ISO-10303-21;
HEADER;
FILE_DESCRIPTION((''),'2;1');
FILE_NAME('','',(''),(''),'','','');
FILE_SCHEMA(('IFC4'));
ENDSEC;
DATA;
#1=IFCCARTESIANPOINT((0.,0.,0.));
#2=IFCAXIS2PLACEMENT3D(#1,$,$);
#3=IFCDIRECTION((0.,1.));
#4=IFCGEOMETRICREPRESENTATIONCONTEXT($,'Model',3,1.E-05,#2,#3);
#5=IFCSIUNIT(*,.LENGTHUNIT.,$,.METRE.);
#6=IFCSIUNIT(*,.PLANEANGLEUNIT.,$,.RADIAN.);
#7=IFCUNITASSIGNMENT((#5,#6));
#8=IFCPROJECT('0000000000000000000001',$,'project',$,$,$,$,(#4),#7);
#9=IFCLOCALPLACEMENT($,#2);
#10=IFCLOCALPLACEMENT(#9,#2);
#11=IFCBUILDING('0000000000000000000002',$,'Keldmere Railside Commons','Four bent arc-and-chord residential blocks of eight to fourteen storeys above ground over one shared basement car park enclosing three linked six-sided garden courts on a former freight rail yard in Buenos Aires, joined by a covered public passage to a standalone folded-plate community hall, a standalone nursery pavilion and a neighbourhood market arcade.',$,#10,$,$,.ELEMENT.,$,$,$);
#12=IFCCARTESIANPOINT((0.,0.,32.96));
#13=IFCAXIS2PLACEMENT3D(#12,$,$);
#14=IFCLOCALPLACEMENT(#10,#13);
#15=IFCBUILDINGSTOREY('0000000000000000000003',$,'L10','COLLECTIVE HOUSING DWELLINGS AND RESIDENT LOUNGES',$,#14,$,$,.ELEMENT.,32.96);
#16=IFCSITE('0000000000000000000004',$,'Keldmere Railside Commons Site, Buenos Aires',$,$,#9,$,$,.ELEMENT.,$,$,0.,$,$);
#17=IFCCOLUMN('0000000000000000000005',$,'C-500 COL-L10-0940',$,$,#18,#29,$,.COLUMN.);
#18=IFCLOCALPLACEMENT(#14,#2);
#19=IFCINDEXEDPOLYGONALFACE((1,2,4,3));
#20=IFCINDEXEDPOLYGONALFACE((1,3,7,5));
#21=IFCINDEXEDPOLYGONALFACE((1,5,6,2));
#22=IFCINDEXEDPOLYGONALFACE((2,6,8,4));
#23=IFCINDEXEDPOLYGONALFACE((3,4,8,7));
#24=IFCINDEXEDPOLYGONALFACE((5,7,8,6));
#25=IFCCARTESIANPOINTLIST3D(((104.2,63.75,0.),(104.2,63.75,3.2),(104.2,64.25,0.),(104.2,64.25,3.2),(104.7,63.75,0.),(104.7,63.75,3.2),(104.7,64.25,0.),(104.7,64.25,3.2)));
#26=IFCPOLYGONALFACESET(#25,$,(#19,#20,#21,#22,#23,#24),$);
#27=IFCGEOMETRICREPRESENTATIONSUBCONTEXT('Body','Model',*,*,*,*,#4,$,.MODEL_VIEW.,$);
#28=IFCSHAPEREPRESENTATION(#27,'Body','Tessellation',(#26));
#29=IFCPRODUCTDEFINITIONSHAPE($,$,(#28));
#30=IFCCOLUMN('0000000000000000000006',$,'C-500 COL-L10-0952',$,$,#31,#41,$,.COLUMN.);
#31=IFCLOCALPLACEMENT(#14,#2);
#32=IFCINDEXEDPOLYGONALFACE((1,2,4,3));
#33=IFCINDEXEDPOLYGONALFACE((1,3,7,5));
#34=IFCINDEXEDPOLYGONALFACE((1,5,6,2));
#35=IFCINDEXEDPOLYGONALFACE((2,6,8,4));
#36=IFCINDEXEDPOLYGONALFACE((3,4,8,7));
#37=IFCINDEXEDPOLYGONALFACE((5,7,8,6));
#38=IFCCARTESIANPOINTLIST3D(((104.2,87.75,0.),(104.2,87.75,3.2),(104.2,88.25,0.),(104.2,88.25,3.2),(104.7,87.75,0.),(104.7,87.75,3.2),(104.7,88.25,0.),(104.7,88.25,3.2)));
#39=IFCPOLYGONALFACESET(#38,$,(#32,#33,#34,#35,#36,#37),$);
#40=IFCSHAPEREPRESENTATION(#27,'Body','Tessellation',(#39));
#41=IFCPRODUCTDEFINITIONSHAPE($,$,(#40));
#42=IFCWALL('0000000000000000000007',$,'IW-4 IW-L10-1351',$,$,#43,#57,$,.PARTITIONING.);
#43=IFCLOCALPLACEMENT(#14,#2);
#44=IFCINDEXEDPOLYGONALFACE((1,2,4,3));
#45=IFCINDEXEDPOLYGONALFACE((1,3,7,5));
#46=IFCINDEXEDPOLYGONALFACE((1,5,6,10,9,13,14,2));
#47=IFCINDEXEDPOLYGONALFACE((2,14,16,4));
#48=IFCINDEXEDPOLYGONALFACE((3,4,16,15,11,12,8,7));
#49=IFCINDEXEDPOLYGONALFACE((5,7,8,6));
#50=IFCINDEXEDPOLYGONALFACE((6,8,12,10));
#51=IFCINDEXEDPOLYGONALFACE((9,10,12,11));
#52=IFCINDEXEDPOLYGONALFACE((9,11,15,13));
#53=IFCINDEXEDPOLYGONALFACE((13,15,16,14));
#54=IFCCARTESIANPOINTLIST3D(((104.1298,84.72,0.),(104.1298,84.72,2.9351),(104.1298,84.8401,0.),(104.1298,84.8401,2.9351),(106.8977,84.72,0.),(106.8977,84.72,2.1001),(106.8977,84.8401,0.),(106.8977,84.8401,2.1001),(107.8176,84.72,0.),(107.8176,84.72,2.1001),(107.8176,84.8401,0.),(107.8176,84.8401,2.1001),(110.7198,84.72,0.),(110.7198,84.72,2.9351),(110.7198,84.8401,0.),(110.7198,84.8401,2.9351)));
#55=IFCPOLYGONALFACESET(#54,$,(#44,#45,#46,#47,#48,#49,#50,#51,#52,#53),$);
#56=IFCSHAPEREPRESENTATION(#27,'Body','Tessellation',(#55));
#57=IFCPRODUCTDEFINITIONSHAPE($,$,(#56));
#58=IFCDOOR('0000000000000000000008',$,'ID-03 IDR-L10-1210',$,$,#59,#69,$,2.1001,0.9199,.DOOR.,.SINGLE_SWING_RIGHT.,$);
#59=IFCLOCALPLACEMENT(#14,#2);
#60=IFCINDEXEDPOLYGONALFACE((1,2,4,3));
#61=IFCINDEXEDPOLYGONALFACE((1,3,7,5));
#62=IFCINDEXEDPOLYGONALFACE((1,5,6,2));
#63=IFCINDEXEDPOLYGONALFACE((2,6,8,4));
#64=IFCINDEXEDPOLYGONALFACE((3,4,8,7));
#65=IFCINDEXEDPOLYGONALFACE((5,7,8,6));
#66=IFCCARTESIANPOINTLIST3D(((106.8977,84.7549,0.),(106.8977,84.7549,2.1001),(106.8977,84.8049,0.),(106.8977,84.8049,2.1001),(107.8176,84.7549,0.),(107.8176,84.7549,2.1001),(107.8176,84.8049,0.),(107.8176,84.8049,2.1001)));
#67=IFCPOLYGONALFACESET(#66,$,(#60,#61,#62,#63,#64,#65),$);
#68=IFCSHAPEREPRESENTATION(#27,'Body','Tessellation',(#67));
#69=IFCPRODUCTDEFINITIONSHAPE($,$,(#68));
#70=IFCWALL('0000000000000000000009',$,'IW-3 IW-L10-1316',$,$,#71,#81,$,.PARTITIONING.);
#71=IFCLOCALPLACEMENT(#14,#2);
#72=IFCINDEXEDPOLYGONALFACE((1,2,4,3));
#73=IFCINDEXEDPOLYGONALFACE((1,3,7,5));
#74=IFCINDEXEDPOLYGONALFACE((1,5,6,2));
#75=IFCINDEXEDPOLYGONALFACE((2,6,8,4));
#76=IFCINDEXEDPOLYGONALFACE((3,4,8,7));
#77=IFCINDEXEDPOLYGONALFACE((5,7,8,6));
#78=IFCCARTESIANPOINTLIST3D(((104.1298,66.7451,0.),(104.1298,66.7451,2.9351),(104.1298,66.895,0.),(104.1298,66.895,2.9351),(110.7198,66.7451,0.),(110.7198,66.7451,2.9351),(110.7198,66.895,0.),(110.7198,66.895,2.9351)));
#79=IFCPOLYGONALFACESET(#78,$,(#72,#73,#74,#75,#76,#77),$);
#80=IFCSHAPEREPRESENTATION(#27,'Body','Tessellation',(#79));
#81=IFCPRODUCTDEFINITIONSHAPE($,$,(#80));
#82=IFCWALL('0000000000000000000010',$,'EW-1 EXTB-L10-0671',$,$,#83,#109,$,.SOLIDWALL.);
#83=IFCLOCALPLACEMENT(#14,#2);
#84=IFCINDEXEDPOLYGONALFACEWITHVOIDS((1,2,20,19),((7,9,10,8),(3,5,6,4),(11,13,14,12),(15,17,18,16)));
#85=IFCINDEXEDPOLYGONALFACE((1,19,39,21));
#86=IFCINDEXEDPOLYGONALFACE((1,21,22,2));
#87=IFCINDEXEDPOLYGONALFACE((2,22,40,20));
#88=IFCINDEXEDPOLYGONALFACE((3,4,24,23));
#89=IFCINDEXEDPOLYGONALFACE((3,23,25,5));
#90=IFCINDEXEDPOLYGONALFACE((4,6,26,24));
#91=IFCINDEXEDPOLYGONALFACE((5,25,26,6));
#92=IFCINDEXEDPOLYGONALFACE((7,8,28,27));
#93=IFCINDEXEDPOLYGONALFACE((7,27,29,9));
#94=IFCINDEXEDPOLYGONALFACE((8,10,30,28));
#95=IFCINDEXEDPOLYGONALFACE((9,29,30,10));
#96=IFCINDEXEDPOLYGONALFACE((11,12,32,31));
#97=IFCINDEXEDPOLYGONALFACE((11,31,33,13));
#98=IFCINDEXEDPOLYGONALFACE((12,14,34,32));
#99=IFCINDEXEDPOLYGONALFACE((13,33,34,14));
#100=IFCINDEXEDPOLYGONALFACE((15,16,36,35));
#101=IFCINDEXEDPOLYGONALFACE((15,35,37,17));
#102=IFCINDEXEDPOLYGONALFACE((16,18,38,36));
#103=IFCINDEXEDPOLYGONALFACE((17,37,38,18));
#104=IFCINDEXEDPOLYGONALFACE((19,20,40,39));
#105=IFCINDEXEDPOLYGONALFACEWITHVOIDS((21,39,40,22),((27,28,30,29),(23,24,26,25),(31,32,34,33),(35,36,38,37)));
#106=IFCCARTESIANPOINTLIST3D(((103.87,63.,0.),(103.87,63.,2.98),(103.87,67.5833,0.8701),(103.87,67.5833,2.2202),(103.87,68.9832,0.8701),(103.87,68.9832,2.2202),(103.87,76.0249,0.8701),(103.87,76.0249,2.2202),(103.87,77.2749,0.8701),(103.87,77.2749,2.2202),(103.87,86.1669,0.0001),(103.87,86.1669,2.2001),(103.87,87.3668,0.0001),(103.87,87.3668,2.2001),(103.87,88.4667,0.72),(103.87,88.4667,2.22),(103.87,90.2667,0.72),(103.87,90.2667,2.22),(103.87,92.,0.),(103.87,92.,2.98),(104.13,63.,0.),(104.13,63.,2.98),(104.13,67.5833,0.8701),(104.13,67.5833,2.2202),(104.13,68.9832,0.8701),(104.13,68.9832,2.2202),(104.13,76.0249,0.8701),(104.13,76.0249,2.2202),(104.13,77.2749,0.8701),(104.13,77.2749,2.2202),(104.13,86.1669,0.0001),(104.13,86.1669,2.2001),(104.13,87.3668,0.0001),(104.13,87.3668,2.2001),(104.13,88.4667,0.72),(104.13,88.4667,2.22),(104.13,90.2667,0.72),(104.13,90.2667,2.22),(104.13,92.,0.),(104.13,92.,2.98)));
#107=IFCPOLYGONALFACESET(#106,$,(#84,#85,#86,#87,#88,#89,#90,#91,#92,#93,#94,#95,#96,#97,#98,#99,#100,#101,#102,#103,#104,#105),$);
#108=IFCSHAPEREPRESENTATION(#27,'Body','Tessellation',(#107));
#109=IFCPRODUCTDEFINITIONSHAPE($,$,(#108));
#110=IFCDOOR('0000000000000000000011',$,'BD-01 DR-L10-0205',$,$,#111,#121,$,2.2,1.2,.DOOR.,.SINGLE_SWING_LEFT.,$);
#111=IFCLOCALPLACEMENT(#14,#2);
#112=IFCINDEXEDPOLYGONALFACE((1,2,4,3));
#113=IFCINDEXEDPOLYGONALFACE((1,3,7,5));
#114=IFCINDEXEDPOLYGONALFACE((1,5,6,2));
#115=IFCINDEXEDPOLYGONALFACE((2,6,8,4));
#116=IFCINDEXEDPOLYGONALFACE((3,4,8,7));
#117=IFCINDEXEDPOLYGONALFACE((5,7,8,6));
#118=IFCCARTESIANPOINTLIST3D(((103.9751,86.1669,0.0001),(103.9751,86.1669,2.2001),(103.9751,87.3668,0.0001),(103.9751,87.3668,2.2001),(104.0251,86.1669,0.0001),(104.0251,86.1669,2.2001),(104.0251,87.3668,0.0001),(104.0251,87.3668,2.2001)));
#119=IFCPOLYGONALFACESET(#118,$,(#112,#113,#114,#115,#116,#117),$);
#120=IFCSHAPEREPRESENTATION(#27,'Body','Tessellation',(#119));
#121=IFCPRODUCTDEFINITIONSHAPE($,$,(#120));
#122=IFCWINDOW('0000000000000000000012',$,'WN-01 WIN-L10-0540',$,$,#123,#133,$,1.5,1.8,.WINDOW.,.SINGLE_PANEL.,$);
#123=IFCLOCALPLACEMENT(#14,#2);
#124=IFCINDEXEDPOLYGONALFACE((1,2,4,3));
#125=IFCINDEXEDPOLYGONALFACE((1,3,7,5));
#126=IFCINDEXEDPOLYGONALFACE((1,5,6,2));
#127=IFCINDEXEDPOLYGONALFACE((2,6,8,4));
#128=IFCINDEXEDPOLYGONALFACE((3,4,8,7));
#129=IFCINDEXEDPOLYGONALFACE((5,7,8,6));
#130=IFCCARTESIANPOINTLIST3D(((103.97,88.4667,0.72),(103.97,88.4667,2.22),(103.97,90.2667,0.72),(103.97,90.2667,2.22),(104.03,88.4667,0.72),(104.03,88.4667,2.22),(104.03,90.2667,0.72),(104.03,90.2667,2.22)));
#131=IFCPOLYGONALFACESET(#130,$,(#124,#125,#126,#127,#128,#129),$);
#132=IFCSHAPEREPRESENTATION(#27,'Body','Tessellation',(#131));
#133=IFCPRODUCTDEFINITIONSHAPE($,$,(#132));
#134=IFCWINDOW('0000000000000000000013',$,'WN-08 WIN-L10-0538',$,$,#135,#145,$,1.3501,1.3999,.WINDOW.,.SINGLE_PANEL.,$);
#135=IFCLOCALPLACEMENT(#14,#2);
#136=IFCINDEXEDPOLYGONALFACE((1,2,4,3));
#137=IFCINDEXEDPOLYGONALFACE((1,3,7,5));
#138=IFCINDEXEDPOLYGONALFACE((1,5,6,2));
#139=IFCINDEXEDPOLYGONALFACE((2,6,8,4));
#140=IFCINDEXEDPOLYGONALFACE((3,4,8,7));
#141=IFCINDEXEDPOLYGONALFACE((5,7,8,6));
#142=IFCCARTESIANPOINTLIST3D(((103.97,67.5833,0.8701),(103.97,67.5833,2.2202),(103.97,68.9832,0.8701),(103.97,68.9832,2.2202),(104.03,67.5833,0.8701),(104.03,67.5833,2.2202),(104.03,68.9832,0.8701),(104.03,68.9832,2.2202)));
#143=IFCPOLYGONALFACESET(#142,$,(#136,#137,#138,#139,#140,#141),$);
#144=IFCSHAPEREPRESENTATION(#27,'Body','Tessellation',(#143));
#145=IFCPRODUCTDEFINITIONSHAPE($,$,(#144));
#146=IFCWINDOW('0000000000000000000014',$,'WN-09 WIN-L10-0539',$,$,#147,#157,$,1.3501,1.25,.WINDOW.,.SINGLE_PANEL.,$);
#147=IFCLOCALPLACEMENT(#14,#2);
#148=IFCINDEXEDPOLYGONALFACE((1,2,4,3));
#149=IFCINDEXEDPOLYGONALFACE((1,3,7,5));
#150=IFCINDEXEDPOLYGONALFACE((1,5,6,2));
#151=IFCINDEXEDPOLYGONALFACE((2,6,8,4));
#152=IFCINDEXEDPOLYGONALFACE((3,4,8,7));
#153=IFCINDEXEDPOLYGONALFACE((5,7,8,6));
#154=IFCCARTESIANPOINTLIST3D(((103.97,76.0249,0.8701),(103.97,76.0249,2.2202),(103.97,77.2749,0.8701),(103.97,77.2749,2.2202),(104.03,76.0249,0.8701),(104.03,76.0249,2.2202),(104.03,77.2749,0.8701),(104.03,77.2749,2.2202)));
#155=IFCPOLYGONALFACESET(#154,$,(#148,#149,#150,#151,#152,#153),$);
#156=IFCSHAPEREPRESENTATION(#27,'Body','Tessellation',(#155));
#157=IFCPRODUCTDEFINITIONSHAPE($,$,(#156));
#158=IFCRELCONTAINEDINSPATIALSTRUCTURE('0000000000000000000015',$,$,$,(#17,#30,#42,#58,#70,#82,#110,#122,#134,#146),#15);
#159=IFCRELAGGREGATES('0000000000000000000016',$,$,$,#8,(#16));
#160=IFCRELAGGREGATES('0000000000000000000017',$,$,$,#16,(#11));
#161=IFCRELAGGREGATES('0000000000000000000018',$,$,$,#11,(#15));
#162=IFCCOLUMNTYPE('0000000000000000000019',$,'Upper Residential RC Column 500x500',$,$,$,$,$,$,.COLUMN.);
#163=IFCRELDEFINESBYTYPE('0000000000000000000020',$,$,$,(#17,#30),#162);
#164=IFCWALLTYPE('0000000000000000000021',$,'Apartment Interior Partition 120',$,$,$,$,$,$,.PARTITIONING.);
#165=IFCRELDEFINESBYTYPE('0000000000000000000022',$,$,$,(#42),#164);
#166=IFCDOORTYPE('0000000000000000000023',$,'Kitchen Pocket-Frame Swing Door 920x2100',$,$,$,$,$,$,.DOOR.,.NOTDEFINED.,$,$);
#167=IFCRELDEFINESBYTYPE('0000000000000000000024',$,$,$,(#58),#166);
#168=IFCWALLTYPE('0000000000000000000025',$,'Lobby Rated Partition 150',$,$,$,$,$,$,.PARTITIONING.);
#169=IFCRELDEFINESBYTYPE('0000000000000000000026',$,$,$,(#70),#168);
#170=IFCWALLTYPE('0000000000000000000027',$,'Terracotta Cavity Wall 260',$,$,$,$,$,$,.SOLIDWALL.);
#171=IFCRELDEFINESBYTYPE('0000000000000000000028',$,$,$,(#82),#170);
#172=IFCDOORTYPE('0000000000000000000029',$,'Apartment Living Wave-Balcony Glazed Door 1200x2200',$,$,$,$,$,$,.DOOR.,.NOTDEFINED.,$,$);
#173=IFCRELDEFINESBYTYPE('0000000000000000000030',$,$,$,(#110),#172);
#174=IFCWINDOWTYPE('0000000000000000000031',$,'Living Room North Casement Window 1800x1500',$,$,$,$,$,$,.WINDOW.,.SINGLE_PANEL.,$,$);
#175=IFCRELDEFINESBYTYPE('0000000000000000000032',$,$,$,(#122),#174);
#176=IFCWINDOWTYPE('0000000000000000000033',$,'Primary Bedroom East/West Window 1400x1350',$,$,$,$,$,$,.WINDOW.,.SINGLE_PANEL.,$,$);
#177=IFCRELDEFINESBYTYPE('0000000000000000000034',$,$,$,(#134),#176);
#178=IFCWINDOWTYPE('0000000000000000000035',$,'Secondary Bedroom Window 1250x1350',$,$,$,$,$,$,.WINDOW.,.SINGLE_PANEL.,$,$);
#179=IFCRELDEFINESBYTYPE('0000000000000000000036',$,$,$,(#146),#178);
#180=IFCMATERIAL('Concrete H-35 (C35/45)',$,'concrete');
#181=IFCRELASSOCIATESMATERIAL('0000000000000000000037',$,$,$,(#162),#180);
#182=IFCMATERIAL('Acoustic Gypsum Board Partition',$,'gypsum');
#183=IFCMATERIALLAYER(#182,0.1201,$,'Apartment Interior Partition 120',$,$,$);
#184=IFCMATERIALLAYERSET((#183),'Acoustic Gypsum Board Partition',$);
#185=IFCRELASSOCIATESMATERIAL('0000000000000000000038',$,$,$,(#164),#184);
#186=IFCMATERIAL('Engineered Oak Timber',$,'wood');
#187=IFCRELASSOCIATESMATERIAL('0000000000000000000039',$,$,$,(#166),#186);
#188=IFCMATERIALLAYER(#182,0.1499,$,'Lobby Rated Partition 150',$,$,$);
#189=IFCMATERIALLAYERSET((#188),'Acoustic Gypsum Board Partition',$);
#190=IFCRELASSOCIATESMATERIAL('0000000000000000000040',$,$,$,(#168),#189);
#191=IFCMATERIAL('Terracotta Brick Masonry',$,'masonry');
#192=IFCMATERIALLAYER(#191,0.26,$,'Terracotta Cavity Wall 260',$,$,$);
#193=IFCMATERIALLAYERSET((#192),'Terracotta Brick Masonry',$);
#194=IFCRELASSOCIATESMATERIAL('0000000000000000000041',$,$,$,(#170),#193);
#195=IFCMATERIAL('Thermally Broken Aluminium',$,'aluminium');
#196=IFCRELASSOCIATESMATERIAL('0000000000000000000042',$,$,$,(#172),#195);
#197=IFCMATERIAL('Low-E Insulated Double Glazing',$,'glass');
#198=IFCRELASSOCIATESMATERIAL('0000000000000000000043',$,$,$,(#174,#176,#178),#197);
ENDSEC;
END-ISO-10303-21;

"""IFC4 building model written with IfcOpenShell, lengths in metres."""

from ifc_helpers import new_model, si_unit, direction, frame, frame_2d, origin, origin_2d, place, context, subcontext, project, spatial, rectangle, extrude, material, layer, layer_set, material_profile, profile_set, type_object, element, fill, save


model = new_model("IFC4")

# Units and contexts
model_context = context("Model", 3, precision=1e-05, world=origin(), true_north=direction((0.0, 1.0)))
body_context = subcontext(model_context, "Body", "Model", "MODEL_VIEW")
ifc_project = project(units=[si_unit("LENGTHUNIT", "METRE"), si_unit("PLANEANGLEUNIT", "RADIAN")], contexts=[model_context])

# Site, building, storey
site_placement = place(None, origin())
site = spatial("IfcSite", under=ifc_project, at=site_placement, Name="Keldmere Railside Commons Site, Buenos Aires", CompositionType="ELEMENT", RefElevation=0.0)
building_placement = place(site_placement, origin())
building = spatial("IfcBuilding", under=site, at=building_placement, Name="Keldmere Railside Commons", Description="Four bent arc-and-chord residential blocks of eight to fourteen storeys above ground over one shared basement car park enclosing three linked six-sided garden courts on a former freight rail yard in Buenos Aires, joined by a covered public passage to a standalone folded-plate community hall, a standalone nursery pavilion and a neighbourhood market arcade.", CompositionType="ELEMENT")
storey_placement = place(building_placement, frame((0.0, 0.0, 32.96)))
storey = spatial("IfcBuildingStorey", under=building, at=storey_placement, Name="L10", Description="COLLECTIVE HOUSING DWELLINGS AND RESIDENT LOUNGES", CompositionType="ELEMENT", Elevation=32.96)

# Columns
ifc_material_1 = material(Name="Concrete H-35 (C35/45)", Category="concrete")
ifc_material_profile = material_profile(ifc_material_1, rectangle(XDim=0.5, YDim=0.5, at=origin_2d()), Name="RC-500x500")
ifc_profile_set = profile_set([ifc_material_profile], Name="Concrete H-35 (C35/45)")
column_type = type_object("IfcColumnType", Name="Upper Residential RC Column 500x500", PredefinedType="COLUMN", material=ifc_profile_set)
for number, where, z_axis, x_axis, name in (
    (1, (104.45, 64.0, 0.0), (0.0, 0.0, 1.0), (1.0, 0.0, 0.0), "C-500 COL-L10-0940"),
    (2, (104.45, 88.0, 0.0), (0.0, 0.0, 1.0), (1.0, 0.0, 0.0), "C-500 COL-L10-0952"),
):
    element("IfcColumn", number, at=place(storey_placement, frame(where, z_axis=z_axis, x_axis=x_axis)), inside=storey, type_object=column_type, Name=name, PredefinedType="COLUMN", context=body_context, shape_type="SweptSolid", body=[
        extrude(rectangle(XDim=0.5, YDim=0.5, at=origin_2d()), origin(), (0.0, 0.0, 1.0), 3.2),
    ])

# Wall, opening, door
ifc_material_2 = material(Name="Acoustic Gypsum Board Partition", Category="gypsum")
ifc_layer_1 = layer(ifc_material_2, 0.1201, Name="Apartment Interior Partition 120")
ifc_layer_set_1 = layer_set([ifc_layer_1], Name="Acoustic Gypsum Board Partition")
wall_type_1 = type_object("IfcWallType", Name="Apartment Interior Partition 120", PredefinedType="PARTITIONING", material=ifc_layer_set_1)
wall_1_placement = place(storey_placement, frame((104.1299, 84.78, 0.0), z_axis=(0.0, 0.0, 1.0), x_axis=(1.0, 0.0, 0.0)))
wall_1 = element("IfcWall", 3, at=wall_1_placement, inside=storey, type_object=wall_type_1, Name="IW-4 IW-L10-1351", PredefinedType="PARTITIONING", context=body_context, shape_type="SweptSolid", body=[
    extrude(rectangle(XDim=6.5901, YDim=0.1201, at=frame_2d((3.2949, 0.0))), origin(), (0.0, 0.0, 1.0), 2.9351),
])
opening_1_placement = place(wall_1_placement, frame((2.7678, 0.0, 0.0)))
opening_1 = element("IfcOpeningElement", 4, at=opening_1_placement, cuts=wall_1, PredefinedType="OPENING", context=body_context, shape_type="SweptSolid", body=[
    extrude(rectangle(XDim=0.9199, YDim=2.1001, at=frame_2d((0.46, 1.05))), frame((0.0, 0.0701, 0.0), z_axis=(0.0, -1.0, 0.0), x_axis=(1.0, 0.0, 0.0)), (0.0, 0.0, 1.0), 0.1401),
])
ifc_material_3 = material(Name="Engineered Oak Timber", Category="wood")
door_type_1 = type_object("IfcDoorType", Name="Kitchen Pocket-Frame Swing Door 920x2100", OperationType="NOTDEFINED", PredefinedType="DOOR", material=ifc_material_3)
door_1_placement = place(opening_1_placement, origin())
door_1 = element("IfcDoor", 5, at=door_1_placement, inside=storey, type_object=door_type_1, Name="ID-03 IDR-L10-1210", OperationType="SINGLE_SWING_RIGHT", OverallHeight=2.1001, OverallWidth=0.9199, PredefinedType="DOOR", context=body_context, shape_type="SweptSolid", body=[
    extrude(rectangle(XDim=0.9199, YDim=2.1001, at=frame_2d((0.46, 1.05))), frame((0.0, 0.0249, 0.0), z_axis=(0.0, -1.0, 0.0), x_axis=(1.0, 0.0, 0.0)), (0.0, 0.0, 1.0), 0.05),
])
fill(opening_1, door_1)

# Wall
ifc_layer_2 = layer(ifc_material_2, 0.1499, Name="Lobby Rated Partition 150")
ifc_layer_set_2 = layer_set([ifc_layer_2], Name="Acoustic Gypsum Board Partition")
wall_type_2 = type_object("IfcWallType", Name="Lobby Rated Partition 150", PredefinedType="PARTITIONING", material=ifc_layer_set_2)
wall_2_placement = place(storey_placement, frame((104.1299, 66.8201, 0.0), z_axis=(0.0, 0.0, 1.0), x_axis=(1.0, 0.0, 0.0)))
element("IfcWall", 6, at=wall_2_placement, inside=storey, type_object=wall_type_2, Name="IW-3 IW-L10-1316", PredefinedType="PARTITIONING", context=body_context, shape_type="SweptSolid", body=[
    extrude(rectangle(XDim=6.5901, YDim=0.1499, at=frame_2d((3.2949, 0.0))), origin(), (0.0, 0.0, 1.0), 2.9351),
])

# Wall, openings, door, windows
ifc_material_4 = material(Name="Terracotta Brick Masonry", Category="masonry")
ifc_layer_3 = layer(ifc_material_4, 0.26, Name="Terracotta Cavity Wall 260")
ifc_layer_set_3 = layer_set([ifc_layer_3], Name="Terracotta Brick Masonry")
wall_type_3 = type_object("IfcWallType", Name="Terracotta Cavity Wall 260", PredefinedType="SOLIDWALL", material=ifc_layer_set_3)
wall_3_placement = place(storey_placement, frame((104.0, 63.0, 0.0), z_axis=(0.0, 0.0, 1.0), x_axis=(0.0, 1.0, 0.0)))
wall_3 = element("IfcWall", 7, at=wall_3_placement, inside=storey, type_object=wall_type_3, Name="EW-1 EXTB-L10-0671", PredefinedType="SOLIDWALL", context=body_context, shape_type="SweptSolid", body=[
    extrude(rectangle(XDim=29.0, YDim=0.26, at=frame_2d((14.5, 0.0))), origin(), (0.0, 0.0, 1.0), 2.98),
])
opening_2_placement = place(wall_3_placement, frame((4.5833, 0.0, 0.8701)))
opening_2 = element("IfcOpeningElement", 8, at=opening_2_placement, cuts=wall_3, PredefinedType="OPENING", context=body_context, shape_type="SweptSolid", body=[
    extrude(rectangle(XDim=1.3999, YDim=1.3501, at=frame_2d((0.7, 0.675))), frame((0.0, 0.1399, 0.0), z_axis=(0.0, -1.0, 0.0), x_axis=(1.0, 0.0, 0.0)), (0.0, 0.0, 1.0), 0.28),
])
opening_3_placement = place(wall_3_placement, frame((13.0249, 0.0, 0.8701)))
opening_3 = element("IfcOpeningElement", 9, at=opening_3_placement, cuts=wall_3, PredefinedType="OPENING", context=body_context, shape_type="SweptSolid", body=[
    extrude(rectangle(XDim=1.25, YDim=1.3501, at=frame_2d((0.625, 0.675))), frame((0.0, 0.1399, 0.0), z_axis=(0.0, -1.0, 0.0), x_axis=(1.0, 0.0, 0.0)), (0.0, 0.0, 1.0), 0.28),
])
opening_4_placement = place(wall_3_placement, frame((23.1667, 0.0, 0.0)))
opening_4 = element("IfcOpeningElement", 10, at=opening_4_placement, cuts=wall_3, PredefinedType="OPENING", context=body_context, shape_type="SweptSolid", body=[
    extrude(rectangle(XDim=1.2, YDim=2.2, at=frame_2d((0.6001, 1.1001))), frame((0.0, 0.1399, 0.0), z_axis=(0.0, -1.0, 0.0), x_axis=(1.0, 0.0, 0.0)), (0.0, 0.0, 1.0), 0.28),
])
opening_5_placement = place(wall_3_placement, frame((25.4668, 0.0, 0.72)))
opening_5 = element("IfcOpeningElement", 11, at=opening_5_placement, cuts=wall_3, PredefinedType="OPENING", context=body_context, shape_type="SweptSolid", body=[
    extrude(rectangle(XDim=1.8, YDim=1.5, at=frame_2d((0.8999, 0.75))), frame((0.0, 0.1399, 0.0), z_axis=(0.0, -1.0, 0.0), x_axis=(1.0, 0.0, 0.0)), (0.0, 0.0, 1.0), 0.28),
])
ifc_material_5 = material(Name="Thermally Broken Aluminium", Category="aluminium")
door_type_2 = type_object("IfcDoorType", Name="Apartment Living Wave-Balcony Glazed Door 1200x2200", OperationType="NOTDEFINED", PredefinedType="DOOR", material=ifc_material_5)
door_2_placement = place(opening_4_placement, origin())
door_2 = element("IfcDoor", 12, at=door_2_placement, inside=storey, type_object=door_type_2, Name="BD-01 DR-L10-0205", OperationType="SINGLE_SWING_LEFT", OverallHeight=2.2, OverallWidth=1.2, PredefinedType="DOOR", context=body_context, shape_type="SweptSolid", body=[
    extrude(rectangle(XDim=1.2, YDim=2.2, at=frame_2d((0.6001, 1.1001))), frame((0.0, 0.0249, 0.0), z_axis=(0.0, -1.0, 0.0), x_axis=(1.0, 0.0, 0.0)), (0.0, 0.0, 1.0), 0.05),
])
fill(opening_4, door_2)
ifc_material_6 = material(Name="Low-E Insulated Double Glazing", Category="glass")
window_type_1 = type_object("IfcWindowType", Name="Living Room North Casement Window 1800x1500", PartitioningType="SINGLE_PANEL", PredefinedType="WINDOW", material=ifc_material_6)
window_1_placement = place(opening_5_placement, origin())
window_1 = element("IfcWindow", 13, at=window_1_placement, inside=storey, type_object=window_type_1, Name="WN-01 WIN-L10-0540", OverallHeight=1.5, OverallWidth=1.8, PartitioningType="SINGLE_PANEL", PredefinedType="WINDOW", context=body_context, shape_type="SweptSolid", body=[
    extrude(rectangle(XDim=1.8, YDim=1.5, at=frame_2d((0.8999, 0.75))), frame((0.0, 0.03, 0.0), z_axis=(0.0, -1.0, 0.0), x_axis=(1.0, 0.0, 0.0)), (0.0, 0.0, 1.0), 0.0601),
])
fill(opening_5, window_1)
window_type_2 = type_object("IfcWindowType", Name="Primary Bedroom East/West Window 1400x1350", PartitioningType="SINGLE_PANEL", PredefinedType="WINDOW", material=ifc_material_6)
window_2_placement = place(opening_2_placement, origin())
window_2 = element("IfcWindow", 14, at=window_2_placement, inside=storey, type_object=window_type_2, Name="WN-08 WIN-L10-0538", OverallHeight=1.3501, OverallWidth=1.3999, PartitioningType="SINGLE_PANEL", PredefinedType="WINDOW", context=body_context, shape_type="SweptSolid", body=[
    extrude(rectangle(XDim=1.3999, YDim=1.3501, at=frame_2d((0.7, 0.675))), frame((0.0, 0.03, 0.0), z_axis=(0.0, -1.0, 0.0), x_axis=(1.0, 0.0, 0.0)), (0.0, 0.0, 1.0), 0.0601),
])
fill(opening_2, window_2)
window_type_3 = type_object("IfcWindowType", Name="Secondary Bedroom Window 1250x1350", PartitioningType="SINGLE_PANEL", PredefinedType="WINDOW", material=ifc_material_6)
window_3_placement = place(opening_3_placement, origin())
window_3 = element("IfcWindow", 15, at=window_3_placement, inside=storey, type_object=window_type_3, Name="WN-09 WIN-L10-0539", OverallHeight=1.3501, OverallWidth=1.25, PartitioningType="SINGLE_PANEL", PredefinedType="WINDOW", context=body_context, shape_type="SweptSolid", body=[
    extrude(rectangle(XDim=1.25, YDim=1.3501, at=frame_2d((0.625, 0.675))), frame((0.0, 0.03, 0.0), z_axis=(0.0, -1.0, 0.0), x_axis=(1.0, 0.0, 0.0)), (0.0, 0.0, 1.0), 0.0601),
])
fill(opening_3, window_3)

save(model, "model.ifc")
